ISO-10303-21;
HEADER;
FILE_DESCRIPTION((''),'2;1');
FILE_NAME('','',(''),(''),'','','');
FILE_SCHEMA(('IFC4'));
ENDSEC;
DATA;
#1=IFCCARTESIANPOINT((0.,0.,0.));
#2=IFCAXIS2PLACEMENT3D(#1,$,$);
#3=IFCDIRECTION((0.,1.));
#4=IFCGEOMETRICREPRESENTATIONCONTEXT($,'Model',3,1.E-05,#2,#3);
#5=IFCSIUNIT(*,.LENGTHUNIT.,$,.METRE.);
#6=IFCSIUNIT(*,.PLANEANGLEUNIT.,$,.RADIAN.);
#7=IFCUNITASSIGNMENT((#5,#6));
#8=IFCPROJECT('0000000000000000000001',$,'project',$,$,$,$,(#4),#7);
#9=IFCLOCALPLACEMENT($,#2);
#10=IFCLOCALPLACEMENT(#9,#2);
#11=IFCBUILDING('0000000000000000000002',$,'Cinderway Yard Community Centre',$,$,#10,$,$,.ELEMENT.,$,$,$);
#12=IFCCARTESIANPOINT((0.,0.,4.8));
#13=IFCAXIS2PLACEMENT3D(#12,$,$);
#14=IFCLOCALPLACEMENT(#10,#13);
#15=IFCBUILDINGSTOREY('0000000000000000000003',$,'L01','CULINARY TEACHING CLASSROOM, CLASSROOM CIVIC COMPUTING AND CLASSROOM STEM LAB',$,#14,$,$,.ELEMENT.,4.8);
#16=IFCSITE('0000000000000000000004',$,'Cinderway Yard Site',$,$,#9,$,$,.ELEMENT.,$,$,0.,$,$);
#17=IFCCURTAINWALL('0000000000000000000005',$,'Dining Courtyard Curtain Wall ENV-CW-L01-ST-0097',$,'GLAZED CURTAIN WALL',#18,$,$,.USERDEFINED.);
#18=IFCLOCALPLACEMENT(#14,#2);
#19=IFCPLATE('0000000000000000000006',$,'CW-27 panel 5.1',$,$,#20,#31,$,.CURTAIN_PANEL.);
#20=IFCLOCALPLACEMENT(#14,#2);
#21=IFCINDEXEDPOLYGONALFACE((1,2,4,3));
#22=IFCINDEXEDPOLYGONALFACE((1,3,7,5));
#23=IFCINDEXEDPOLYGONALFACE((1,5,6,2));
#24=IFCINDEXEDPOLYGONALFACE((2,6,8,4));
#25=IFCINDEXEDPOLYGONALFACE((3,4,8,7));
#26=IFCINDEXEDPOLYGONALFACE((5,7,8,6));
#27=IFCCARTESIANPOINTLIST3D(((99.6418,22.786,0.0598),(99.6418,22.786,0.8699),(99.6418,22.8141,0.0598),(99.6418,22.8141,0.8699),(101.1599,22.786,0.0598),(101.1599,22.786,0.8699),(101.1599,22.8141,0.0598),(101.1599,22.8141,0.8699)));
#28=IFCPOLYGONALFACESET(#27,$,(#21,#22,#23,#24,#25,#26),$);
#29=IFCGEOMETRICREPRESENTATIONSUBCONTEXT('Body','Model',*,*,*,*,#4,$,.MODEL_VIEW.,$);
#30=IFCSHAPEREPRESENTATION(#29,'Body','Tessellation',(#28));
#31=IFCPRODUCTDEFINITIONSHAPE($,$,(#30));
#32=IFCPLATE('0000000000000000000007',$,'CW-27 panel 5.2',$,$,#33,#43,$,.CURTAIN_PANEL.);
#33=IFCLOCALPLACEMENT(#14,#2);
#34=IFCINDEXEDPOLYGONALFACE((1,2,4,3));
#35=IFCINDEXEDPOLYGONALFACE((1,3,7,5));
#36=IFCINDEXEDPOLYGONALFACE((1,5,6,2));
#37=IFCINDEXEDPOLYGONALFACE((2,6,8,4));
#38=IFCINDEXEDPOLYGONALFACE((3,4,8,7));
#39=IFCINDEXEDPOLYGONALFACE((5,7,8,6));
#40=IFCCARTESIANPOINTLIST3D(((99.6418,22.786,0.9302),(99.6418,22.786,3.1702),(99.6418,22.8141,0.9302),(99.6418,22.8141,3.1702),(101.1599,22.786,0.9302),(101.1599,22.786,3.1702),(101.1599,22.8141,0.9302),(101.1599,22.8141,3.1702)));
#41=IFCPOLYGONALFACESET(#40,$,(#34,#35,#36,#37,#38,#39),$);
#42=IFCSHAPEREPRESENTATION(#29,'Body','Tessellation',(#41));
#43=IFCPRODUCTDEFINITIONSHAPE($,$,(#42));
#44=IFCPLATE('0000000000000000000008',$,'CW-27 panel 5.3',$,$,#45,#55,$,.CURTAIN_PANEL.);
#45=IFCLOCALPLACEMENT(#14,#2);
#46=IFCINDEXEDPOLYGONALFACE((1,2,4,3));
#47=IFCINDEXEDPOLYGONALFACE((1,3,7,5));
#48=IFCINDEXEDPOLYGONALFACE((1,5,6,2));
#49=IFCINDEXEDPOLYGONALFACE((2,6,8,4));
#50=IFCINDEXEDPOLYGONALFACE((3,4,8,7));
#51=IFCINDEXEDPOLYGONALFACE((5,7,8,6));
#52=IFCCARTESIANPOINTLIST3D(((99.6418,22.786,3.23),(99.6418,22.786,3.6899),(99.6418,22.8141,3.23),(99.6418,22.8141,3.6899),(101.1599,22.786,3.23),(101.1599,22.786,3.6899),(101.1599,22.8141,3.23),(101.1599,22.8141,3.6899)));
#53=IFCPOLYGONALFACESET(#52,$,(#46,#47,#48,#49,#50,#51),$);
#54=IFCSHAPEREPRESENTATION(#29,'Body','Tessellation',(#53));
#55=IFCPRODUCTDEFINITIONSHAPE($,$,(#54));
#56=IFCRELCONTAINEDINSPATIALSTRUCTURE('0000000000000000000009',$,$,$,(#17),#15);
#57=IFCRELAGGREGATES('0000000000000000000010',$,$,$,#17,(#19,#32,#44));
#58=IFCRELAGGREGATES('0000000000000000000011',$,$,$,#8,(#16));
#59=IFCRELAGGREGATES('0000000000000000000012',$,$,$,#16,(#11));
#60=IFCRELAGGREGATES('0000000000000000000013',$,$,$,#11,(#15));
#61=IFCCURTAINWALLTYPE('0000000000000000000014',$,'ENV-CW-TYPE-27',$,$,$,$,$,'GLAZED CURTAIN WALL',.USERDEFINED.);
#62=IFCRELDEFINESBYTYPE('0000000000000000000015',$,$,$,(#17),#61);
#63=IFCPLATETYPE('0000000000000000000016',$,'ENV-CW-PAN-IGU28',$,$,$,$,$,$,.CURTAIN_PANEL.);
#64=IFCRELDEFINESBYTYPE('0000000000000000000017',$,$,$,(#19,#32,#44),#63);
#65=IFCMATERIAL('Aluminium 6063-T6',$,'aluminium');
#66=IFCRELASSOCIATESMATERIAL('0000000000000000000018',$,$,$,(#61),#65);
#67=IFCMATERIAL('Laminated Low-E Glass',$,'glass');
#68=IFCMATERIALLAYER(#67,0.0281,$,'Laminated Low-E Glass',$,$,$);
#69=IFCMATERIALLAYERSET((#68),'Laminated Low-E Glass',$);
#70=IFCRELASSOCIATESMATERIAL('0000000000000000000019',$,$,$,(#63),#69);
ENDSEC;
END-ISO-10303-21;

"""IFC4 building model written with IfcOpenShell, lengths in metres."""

from ifc_helpers import new_model, si_unit, direction, frame, origin, origin_2d, place, context, subcontext, project, spatial, rectangle, extrude, material, layer, layer_set, type_object, element, aggregate, save


model = new_model("IFC4")

# Units and contexts
model_context = context("Model", 3, precision=1e-05, world=origin(), true_north=direction((0.0, 1.0)))
body_context = subcontext(model_context, "Body", "Model", "MODEL_VIEW")
ifc_project = project(units=[si_unit("LENGTHUNIT", "METRE"), si_unit("PLANEANGLEUNIT", "RADIAN")], contexts=[model_context])

# Site, building, storey
site_placement = place(None, origin())
site = spatial("IfcSite", under=ifc_project, at=site_placement, Name="Cinderway Yard Site", CompositionType="ELEMENT", RefElevation=0.0)
building_placement = place(site_placement, origin())
building = spatial("IfcBuilding", under=site, at=building_placement, Name="Cinderway Yard Community Centre", CompositionType="ELEMENT")
storey_placement = place(building_placement, frame((0.0, 0.0, 4.8)))
storey = spatial("IfcBuildingStorey", under=building, at=storey_placement, Name="L01", Description="CULINARY TEACHING CLASSROOM, CLASSROOM CIVIC COMPUTING AND CLASSROOM STEM LAB", CompositionType="ELEMENT", Elevation=4.8)

# Curtain wall, plates
ifc_material_1 = material(Name="Aluminium 6063-T6", Category="aluminium")
curtain_wall_type = type_object("IfcCurtainWallType", Name="ENV-CW-TYPE-27", ElementType="GLAZED CURTAIN WALL", PredefinedType="USERDEFINED", material=ifc_material_1)
curtain_wall_placement = place(storey_placement, origin())
curtain_wall = element("IfcCurtainWall", 1, at=curtain_wall_placement, inside=storey, type_object=curtain_wall_type, Name="Dining Courtyard Curtain Wall ENV-CW-L01-ST-0097", ObjectType="GLAZED CURTAIN WALL", PredefinedType="USERDEFINED")
ifc_material_2 = material(Name="Laminated Low-E Glass", Category="glass")
ifc_layer = layer(ifc_material_2, 0.0281, Name="Laminated Low-E Glass")
ifc_layer_set = layer_set([ifc_layer], Name="Laminated Low-E Glass")
plate_type = type_object("IfcPlateType", Name="ENV-CW-PAN-IGU28", PredefinedType="CURTAIN_PANEL", material=ifc_layer_set)
plate_1_placement = place(storey_placement, frame((100.4009, 22.8, 0.0598), z_axis=(0.0, 0.0, 1.0), x_axis=(1.0, 0.0, 0.0)))
plate_1 = element("IfcPlate", 2, at=plate_1_placement, type_object=plate_type, Name="CW-27 panel 5.1", PredefinedType="CURTAIN_PANEL", context=body_context, shape_type="SweptSolid", body=[
    extrude(rectangle(XDim=1.5181, YDim=0.0281, at=origin_2d()), origin(), (0.0, 0.0, 1.0), 0.8101),
])
plate_2_placement = place(storey_placement, frame((100.4009, 22.8, 0.9302), z_axis=(0.0, 0.0, 1.0), x_axis=(1.0, 0.0, 0.0)))
plate_2 = element("IfcPlate", 3, at=plate_2_placement, type_object=plate_type, Name="CW-27 panel 5.2", PredefinedType="CURTAIN_PANEL", context=body_context, shape_type="SweptSolid", body=[
    extrude(rectangle(XDim=1.5181, YDim=0.0281, at=origin_2d()), origin(), (0.0, 0.0, 1.0), 2.24),
])
plate_3_placement = place(storey_placement, frame((100.4009, 22.8, 3.23), z_axis=(0.0, 0.0, 1.0), x_axis=(1.0, 0.0, 0.0)))
plate_3 = element("IfcPlate", 4, at=plate_3_placement, type_object=plate_type, Name="CW-27 panel 5.3", PredefinedType="CURTAIN_PANEL", context=body_context, shape_type="SweptSolid", body=[
    extrude(rectangle(XDim=1.5181, YDim=0.0281, at=origin_2d()), origin(), (0.0, 0.0, 1.0), 0.46),
])
aggregate(curtain_wall, [plate_1, plate_2, plate_3])

save(model, "model.ifc")
